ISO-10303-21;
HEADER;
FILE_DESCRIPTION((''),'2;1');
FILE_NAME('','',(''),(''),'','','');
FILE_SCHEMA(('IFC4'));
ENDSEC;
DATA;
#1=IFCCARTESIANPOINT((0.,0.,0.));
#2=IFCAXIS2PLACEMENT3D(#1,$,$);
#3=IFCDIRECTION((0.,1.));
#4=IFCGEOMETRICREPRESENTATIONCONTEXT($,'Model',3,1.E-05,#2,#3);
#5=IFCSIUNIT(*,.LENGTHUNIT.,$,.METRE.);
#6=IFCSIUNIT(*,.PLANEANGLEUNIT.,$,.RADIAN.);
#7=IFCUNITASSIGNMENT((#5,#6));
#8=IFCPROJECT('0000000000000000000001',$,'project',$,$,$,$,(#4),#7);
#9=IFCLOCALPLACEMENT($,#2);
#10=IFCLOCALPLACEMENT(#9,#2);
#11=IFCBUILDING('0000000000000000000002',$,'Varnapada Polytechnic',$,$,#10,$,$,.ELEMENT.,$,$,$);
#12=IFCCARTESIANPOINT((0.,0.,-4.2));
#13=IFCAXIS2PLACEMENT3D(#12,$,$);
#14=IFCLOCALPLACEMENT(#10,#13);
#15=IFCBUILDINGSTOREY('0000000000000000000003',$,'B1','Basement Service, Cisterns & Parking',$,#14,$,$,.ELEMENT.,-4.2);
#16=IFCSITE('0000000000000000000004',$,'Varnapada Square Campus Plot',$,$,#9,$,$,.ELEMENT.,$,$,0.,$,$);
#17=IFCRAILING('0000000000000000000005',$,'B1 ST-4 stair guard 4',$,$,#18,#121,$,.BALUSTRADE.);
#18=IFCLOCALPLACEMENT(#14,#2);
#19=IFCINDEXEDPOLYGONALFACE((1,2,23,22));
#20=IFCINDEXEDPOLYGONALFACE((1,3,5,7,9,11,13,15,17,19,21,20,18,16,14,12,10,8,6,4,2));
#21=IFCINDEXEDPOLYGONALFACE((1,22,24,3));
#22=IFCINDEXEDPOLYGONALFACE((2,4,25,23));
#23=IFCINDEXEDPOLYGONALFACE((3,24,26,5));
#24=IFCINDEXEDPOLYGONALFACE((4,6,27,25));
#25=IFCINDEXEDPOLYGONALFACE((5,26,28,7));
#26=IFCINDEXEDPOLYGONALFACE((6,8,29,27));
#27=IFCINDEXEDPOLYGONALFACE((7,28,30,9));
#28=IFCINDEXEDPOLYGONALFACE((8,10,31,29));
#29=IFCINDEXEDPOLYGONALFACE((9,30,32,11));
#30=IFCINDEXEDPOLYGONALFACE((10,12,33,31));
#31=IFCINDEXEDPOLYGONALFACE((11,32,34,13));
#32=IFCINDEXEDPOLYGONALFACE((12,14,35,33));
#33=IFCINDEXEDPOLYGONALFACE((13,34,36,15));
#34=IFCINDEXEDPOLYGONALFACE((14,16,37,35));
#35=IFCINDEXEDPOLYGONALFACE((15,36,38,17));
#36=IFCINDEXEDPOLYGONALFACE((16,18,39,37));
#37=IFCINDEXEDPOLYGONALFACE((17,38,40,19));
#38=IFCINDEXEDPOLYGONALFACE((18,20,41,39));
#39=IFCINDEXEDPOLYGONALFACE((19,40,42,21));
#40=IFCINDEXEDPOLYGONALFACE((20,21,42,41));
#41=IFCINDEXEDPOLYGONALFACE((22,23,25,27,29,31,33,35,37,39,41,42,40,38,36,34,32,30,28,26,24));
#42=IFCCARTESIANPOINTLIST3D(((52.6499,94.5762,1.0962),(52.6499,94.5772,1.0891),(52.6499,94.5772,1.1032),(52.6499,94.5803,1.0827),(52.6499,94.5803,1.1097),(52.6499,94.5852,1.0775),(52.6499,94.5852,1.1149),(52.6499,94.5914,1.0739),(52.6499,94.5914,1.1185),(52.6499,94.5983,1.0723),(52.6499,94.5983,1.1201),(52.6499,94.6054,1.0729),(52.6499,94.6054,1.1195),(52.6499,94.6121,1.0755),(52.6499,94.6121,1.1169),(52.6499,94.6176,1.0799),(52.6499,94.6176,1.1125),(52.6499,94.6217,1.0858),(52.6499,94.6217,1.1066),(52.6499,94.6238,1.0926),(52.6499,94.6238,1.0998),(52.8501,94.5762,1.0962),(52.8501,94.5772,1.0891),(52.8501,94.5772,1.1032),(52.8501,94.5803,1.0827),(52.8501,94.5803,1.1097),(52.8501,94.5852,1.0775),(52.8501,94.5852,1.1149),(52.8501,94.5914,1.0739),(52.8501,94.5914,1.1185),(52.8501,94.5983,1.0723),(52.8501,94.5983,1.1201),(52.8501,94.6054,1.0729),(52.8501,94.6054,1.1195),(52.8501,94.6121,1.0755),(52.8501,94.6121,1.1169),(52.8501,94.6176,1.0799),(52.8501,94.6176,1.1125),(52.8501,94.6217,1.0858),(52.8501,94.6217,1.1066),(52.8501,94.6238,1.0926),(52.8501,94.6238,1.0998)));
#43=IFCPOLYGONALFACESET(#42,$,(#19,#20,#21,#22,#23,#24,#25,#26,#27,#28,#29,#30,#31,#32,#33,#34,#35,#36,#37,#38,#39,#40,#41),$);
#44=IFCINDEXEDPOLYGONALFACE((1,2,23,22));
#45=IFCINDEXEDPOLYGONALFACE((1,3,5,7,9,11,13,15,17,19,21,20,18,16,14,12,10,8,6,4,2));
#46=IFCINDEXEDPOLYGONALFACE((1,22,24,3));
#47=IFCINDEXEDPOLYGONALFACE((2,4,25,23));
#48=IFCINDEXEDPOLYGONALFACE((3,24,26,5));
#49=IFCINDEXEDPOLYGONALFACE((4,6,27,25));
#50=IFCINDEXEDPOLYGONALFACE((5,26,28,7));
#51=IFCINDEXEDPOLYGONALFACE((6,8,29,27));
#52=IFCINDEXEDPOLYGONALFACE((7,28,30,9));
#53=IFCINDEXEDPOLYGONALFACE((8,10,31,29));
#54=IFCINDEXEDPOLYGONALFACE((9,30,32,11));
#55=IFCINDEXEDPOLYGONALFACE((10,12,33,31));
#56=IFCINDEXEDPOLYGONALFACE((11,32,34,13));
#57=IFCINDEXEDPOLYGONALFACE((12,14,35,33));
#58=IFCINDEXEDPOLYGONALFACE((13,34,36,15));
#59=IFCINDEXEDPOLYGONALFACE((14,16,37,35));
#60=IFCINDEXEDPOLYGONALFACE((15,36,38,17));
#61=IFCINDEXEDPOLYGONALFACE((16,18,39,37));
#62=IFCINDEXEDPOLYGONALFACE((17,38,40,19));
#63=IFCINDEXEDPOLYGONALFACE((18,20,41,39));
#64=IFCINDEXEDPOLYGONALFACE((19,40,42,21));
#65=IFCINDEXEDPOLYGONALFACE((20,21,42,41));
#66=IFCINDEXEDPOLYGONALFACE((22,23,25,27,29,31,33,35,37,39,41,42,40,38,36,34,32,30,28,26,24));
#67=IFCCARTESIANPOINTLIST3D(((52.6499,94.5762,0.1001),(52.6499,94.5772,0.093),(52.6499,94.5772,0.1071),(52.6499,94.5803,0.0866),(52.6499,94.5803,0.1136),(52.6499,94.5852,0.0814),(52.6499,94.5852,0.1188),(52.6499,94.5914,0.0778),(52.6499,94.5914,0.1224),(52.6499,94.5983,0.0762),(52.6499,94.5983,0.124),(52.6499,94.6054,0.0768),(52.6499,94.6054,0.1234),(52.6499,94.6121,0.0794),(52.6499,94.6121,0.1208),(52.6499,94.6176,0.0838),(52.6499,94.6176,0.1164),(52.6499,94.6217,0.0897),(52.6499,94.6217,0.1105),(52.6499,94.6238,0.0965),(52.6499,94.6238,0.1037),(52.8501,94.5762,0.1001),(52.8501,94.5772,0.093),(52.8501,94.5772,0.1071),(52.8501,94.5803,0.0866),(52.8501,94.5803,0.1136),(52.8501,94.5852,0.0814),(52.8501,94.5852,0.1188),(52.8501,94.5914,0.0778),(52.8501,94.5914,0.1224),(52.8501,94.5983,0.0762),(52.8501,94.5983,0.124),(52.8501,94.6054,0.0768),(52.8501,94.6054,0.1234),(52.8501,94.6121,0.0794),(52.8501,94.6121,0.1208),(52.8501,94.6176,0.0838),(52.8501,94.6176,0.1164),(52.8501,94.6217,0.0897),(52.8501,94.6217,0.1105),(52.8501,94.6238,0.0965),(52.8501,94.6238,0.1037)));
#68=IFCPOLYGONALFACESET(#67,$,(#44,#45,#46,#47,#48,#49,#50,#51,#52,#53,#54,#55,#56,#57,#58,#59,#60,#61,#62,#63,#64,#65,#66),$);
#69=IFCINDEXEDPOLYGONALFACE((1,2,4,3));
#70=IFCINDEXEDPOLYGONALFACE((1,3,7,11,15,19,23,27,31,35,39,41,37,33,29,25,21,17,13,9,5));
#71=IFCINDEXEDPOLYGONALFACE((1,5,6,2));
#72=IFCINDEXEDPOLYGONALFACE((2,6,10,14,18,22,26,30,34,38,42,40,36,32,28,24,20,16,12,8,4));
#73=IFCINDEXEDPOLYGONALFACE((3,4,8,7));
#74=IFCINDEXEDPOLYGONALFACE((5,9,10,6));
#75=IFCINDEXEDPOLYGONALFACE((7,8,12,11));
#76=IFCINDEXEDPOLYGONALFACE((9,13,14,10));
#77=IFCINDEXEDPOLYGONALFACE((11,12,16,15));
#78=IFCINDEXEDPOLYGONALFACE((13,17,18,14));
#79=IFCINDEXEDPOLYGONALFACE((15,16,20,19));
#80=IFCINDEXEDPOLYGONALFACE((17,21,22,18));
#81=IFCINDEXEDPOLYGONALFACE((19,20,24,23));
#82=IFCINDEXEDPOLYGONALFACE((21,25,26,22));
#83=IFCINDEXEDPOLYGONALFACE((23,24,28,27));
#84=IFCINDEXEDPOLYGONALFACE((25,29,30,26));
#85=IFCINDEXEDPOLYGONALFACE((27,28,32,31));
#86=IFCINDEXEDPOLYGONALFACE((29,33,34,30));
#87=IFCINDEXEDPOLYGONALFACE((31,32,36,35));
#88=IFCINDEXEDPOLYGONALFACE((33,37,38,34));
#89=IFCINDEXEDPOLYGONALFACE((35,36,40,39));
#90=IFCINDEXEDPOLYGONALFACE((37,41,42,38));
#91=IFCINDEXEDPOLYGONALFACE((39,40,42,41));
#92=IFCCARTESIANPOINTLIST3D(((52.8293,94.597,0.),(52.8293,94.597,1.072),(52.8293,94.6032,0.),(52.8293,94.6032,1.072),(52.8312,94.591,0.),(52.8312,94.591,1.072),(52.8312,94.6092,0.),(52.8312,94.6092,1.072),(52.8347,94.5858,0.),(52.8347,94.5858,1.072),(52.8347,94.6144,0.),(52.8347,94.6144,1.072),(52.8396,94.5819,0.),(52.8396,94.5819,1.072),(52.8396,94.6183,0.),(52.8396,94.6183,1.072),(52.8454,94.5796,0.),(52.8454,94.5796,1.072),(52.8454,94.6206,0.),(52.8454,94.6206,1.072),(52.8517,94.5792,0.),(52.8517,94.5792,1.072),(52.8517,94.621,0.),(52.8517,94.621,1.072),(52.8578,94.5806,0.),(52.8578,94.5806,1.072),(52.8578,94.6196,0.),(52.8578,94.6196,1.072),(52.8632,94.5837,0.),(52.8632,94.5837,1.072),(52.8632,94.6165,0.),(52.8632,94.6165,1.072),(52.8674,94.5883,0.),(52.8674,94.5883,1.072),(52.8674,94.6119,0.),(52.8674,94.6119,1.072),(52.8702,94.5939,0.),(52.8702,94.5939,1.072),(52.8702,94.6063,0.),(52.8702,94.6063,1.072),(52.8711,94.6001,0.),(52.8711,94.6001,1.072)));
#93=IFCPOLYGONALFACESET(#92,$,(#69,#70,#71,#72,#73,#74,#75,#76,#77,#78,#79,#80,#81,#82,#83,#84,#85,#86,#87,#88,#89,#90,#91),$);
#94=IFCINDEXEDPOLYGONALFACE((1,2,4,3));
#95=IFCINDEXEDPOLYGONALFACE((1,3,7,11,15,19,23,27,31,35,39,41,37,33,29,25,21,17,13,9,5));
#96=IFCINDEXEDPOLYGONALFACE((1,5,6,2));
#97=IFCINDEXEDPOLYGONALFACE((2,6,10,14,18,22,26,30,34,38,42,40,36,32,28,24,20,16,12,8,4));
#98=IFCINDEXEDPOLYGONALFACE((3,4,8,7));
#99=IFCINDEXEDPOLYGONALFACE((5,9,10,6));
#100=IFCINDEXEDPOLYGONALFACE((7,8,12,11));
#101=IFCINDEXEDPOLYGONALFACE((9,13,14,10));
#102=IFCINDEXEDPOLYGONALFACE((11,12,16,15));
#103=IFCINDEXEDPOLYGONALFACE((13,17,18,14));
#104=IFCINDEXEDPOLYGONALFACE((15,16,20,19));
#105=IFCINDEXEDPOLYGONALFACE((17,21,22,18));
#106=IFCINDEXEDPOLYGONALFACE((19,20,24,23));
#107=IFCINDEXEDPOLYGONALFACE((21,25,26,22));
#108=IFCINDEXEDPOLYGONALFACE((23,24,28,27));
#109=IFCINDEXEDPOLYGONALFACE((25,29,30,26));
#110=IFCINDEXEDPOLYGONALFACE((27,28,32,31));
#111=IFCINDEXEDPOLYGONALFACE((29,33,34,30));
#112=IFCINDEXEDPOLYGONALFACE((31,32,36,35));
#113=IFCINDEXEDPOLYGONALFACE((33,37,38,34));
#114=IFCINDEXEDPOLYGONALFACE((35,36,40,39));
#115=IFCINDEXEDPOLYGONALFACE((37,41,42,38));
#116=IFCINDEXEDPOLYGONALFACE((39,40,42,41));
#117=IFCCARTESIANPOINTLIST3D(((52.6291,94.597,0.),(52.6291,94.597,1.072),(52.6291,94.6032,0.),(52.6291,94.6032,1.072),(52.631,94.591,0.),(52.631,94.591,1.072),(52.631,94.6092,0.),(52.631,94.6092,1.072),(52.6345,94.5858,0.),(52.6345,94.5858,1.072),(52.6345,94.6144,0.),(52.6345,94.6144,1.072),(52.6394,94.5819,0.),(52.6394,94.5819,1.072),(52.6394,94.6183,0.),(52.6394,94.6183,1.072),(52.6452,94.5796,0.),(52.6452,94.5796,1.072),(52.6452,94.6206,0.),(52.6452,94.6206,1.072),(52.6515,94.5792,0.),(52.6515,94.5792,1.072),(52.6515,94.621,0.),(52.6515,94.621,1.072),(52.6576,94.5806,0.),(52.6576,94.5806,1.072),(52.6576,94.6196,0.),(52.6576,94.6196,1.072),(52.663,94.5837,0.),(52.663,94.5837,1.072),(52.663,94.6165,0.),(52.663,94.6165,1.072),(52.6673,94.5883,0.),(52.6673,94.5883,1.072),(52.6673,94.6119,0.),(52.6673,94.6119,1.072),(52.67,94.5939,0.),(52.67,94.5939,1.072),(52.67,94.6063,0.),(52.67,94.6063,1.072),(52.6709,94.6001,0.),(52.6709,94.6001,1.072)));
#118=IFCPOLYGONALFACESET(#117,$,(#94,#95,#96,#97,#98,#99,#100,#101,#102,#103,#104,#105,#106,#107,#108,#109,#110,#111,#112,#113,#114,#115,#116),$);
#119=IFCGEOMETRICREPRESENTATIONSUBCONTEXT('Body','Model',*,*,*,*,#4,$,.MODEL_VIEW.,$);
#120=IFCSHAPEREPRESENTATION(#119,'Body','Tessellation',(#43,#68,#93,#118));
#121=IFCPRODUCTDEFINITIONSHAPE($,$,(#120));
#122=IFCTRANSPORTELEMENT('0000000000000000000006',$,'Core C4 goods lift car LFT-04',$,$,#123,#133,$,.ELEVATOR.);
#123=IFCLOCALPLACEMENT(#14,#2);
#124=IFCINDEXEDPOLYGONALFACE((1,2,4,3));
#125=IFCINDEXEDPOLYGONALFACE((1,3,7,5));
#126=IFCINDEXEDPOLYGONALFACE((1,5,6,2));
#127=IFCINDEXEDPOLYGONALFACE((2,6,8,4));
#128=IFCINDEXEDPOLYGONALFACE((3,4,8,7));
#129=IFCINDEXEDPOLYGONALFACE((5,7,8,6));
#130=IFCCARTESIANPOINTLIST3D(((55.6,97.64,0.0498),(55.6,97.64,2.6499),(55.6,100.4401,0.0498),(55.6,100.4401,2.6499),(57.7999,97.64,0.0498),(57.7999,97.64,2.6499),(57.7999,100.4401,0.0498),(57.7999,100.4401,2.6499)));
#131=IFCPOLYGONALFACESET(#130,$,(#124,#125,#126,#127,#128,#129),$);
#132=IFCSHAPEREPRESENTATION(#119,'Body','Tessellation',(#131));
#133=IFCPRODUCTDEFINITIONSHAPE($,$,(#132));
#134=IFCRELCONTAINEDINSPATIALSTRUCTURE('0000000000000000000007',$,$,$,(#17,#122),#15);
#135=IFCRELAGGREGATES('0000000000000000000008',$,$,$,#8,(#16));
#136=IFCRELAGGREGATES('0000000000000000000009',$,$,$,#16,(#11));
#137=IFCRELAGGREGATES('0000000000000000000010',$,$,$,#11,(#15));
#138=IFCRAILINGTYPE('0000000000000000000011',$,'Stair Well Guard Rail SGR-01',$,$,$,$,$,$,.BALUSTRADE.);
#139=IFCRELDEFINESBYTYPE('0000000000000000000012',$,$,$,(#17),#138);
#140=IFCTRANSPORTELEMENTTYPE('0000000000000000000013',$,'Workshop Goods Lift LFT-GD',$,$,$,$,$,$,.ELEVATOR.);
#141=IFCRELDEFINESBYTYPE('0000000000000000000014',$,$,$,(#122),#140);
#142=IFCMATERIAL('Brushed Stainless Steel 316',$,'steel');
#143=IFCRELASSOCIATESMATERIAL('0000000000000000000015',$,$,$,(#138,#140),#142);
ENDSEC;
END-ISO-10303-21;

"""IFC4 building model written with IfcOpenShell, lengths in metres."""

from ifc_helpers import new_model, si_unit, direction, frame, origin, origin_2d, place, context, subcontext, project, spatial, rectangle, circle, extrude, material, type_object, element, save


model = new_model("IFC4")

# Units and contexts
model_context = context("Model", 3, precision=1e-05, world=origin(), true_north=direction((0.0, 1.0)))
body_context = subcontext(model_context, "Body", "Model", "MODEL_VIEW")
ifc_project = project(units=[si_unit("LENGTHUNIT", "METRE"), si_unit("PLANEANGLEUNIT", "RADIAN")], contexts=[model_context])

# Site, building, storey
site_placement = place(None, origin())
site = spatial("IfcSite", under=ifc_project, at=site_placement, Name="Varnapada Square Campus Plot", CompositionType="ELEMENT", RefElevation=0.0)
building_placement = place(site_placement, origin())
building = spatial("IfcBuilding", under=site, at=building_placement, Name="Varnapada Polytechnic", CompositionType="ELEMENT")
storey_placement = place(building_placement, frame((0.0, 0.0, -4.2)))
storey = spatial("IfcBuildingStorey", under=building, at=storey_placement, Name="B1", Description="Basement Service, Cisterns & Parking", CompositionType="ELEMENT", Elevation=-4.2)

# Shared definitions
ifc_material_1 = material(Name="Brushed Stainless Steel 316", Category="steel")

# Railing
railing_type_1 = type_object("IfcRailingType", Name="Stair Well Guard Rail SGR-01", PredefinedType="BALUSTRADE", material=ifc_material_1)
railing_1_placement = place(storey_placement, frame((52.8501, 94.6001, 0.0)))
element("IfcRailing", 1, at=railing_1_placement, inside=storey, type_object=railing_type_1, Name="B1 ST-4 stair guard 4", PredefinedType="BALUSTRADE", context=body_context, shape_type="SweptSolid", body=[
    extrude(circle(Radius=0.0239, at=origin_2d()), frame((0.0, 0.0, 1.0962), z_axis=(-1.0, 0.0, 0.0), x_axis=(0.0, -1.0, 0.0)), (0.0, 0.0, 1.0), 0.2002),
    extrude(circle(Radius=0.0239, at=origin_2d()), frame((0.0, 0.0, 0.1001), z_axis=(-1.0, 0.0, 0.0), x_axis=(0.0, -1.0, 0.0)), (0.0, 0.0, 1.0), 0.2002),
    extrude(circle(Radius=0.021, at=origin_2d()), origin(), (0.0, 0.0, 1.0), 1.072),
    extrude(circle(Radius=0.021, at=origin_2d()), frame((-0.2002, 0.0, 0.0)), (0.0, 0.0, 1.0), 1.072),
])

# Transport element
transport_element_type = type_object("IfcTransportElementType", Name="Workshop Goods Lift LFT-GD", PredefinedType="ELEVATOR", material=ifc_material_1)
transport_element_placement = place(storey_placement, frame((56.7, 99.04, 0.0498), z_axis=(0.0, 0.0, 1.0), x_axis=(1.0, 0.0, 0.0)))
element("IfcTransportElement", 2, at=transport_element_placement, inside=storey, type_object=transport_element_type, Name="Core C4 goods lift car LFT-04", PredefinedType="ELEVATOR", context=body_context, shape_type="SweptSolid", body=[
    extrude(rectangle(XDim=2.2, YDim=2.8, at=origin_2d()), origin(), (0.0, 0.0, 1.0), 2.6001),
])

save(model, "model.ifc")
